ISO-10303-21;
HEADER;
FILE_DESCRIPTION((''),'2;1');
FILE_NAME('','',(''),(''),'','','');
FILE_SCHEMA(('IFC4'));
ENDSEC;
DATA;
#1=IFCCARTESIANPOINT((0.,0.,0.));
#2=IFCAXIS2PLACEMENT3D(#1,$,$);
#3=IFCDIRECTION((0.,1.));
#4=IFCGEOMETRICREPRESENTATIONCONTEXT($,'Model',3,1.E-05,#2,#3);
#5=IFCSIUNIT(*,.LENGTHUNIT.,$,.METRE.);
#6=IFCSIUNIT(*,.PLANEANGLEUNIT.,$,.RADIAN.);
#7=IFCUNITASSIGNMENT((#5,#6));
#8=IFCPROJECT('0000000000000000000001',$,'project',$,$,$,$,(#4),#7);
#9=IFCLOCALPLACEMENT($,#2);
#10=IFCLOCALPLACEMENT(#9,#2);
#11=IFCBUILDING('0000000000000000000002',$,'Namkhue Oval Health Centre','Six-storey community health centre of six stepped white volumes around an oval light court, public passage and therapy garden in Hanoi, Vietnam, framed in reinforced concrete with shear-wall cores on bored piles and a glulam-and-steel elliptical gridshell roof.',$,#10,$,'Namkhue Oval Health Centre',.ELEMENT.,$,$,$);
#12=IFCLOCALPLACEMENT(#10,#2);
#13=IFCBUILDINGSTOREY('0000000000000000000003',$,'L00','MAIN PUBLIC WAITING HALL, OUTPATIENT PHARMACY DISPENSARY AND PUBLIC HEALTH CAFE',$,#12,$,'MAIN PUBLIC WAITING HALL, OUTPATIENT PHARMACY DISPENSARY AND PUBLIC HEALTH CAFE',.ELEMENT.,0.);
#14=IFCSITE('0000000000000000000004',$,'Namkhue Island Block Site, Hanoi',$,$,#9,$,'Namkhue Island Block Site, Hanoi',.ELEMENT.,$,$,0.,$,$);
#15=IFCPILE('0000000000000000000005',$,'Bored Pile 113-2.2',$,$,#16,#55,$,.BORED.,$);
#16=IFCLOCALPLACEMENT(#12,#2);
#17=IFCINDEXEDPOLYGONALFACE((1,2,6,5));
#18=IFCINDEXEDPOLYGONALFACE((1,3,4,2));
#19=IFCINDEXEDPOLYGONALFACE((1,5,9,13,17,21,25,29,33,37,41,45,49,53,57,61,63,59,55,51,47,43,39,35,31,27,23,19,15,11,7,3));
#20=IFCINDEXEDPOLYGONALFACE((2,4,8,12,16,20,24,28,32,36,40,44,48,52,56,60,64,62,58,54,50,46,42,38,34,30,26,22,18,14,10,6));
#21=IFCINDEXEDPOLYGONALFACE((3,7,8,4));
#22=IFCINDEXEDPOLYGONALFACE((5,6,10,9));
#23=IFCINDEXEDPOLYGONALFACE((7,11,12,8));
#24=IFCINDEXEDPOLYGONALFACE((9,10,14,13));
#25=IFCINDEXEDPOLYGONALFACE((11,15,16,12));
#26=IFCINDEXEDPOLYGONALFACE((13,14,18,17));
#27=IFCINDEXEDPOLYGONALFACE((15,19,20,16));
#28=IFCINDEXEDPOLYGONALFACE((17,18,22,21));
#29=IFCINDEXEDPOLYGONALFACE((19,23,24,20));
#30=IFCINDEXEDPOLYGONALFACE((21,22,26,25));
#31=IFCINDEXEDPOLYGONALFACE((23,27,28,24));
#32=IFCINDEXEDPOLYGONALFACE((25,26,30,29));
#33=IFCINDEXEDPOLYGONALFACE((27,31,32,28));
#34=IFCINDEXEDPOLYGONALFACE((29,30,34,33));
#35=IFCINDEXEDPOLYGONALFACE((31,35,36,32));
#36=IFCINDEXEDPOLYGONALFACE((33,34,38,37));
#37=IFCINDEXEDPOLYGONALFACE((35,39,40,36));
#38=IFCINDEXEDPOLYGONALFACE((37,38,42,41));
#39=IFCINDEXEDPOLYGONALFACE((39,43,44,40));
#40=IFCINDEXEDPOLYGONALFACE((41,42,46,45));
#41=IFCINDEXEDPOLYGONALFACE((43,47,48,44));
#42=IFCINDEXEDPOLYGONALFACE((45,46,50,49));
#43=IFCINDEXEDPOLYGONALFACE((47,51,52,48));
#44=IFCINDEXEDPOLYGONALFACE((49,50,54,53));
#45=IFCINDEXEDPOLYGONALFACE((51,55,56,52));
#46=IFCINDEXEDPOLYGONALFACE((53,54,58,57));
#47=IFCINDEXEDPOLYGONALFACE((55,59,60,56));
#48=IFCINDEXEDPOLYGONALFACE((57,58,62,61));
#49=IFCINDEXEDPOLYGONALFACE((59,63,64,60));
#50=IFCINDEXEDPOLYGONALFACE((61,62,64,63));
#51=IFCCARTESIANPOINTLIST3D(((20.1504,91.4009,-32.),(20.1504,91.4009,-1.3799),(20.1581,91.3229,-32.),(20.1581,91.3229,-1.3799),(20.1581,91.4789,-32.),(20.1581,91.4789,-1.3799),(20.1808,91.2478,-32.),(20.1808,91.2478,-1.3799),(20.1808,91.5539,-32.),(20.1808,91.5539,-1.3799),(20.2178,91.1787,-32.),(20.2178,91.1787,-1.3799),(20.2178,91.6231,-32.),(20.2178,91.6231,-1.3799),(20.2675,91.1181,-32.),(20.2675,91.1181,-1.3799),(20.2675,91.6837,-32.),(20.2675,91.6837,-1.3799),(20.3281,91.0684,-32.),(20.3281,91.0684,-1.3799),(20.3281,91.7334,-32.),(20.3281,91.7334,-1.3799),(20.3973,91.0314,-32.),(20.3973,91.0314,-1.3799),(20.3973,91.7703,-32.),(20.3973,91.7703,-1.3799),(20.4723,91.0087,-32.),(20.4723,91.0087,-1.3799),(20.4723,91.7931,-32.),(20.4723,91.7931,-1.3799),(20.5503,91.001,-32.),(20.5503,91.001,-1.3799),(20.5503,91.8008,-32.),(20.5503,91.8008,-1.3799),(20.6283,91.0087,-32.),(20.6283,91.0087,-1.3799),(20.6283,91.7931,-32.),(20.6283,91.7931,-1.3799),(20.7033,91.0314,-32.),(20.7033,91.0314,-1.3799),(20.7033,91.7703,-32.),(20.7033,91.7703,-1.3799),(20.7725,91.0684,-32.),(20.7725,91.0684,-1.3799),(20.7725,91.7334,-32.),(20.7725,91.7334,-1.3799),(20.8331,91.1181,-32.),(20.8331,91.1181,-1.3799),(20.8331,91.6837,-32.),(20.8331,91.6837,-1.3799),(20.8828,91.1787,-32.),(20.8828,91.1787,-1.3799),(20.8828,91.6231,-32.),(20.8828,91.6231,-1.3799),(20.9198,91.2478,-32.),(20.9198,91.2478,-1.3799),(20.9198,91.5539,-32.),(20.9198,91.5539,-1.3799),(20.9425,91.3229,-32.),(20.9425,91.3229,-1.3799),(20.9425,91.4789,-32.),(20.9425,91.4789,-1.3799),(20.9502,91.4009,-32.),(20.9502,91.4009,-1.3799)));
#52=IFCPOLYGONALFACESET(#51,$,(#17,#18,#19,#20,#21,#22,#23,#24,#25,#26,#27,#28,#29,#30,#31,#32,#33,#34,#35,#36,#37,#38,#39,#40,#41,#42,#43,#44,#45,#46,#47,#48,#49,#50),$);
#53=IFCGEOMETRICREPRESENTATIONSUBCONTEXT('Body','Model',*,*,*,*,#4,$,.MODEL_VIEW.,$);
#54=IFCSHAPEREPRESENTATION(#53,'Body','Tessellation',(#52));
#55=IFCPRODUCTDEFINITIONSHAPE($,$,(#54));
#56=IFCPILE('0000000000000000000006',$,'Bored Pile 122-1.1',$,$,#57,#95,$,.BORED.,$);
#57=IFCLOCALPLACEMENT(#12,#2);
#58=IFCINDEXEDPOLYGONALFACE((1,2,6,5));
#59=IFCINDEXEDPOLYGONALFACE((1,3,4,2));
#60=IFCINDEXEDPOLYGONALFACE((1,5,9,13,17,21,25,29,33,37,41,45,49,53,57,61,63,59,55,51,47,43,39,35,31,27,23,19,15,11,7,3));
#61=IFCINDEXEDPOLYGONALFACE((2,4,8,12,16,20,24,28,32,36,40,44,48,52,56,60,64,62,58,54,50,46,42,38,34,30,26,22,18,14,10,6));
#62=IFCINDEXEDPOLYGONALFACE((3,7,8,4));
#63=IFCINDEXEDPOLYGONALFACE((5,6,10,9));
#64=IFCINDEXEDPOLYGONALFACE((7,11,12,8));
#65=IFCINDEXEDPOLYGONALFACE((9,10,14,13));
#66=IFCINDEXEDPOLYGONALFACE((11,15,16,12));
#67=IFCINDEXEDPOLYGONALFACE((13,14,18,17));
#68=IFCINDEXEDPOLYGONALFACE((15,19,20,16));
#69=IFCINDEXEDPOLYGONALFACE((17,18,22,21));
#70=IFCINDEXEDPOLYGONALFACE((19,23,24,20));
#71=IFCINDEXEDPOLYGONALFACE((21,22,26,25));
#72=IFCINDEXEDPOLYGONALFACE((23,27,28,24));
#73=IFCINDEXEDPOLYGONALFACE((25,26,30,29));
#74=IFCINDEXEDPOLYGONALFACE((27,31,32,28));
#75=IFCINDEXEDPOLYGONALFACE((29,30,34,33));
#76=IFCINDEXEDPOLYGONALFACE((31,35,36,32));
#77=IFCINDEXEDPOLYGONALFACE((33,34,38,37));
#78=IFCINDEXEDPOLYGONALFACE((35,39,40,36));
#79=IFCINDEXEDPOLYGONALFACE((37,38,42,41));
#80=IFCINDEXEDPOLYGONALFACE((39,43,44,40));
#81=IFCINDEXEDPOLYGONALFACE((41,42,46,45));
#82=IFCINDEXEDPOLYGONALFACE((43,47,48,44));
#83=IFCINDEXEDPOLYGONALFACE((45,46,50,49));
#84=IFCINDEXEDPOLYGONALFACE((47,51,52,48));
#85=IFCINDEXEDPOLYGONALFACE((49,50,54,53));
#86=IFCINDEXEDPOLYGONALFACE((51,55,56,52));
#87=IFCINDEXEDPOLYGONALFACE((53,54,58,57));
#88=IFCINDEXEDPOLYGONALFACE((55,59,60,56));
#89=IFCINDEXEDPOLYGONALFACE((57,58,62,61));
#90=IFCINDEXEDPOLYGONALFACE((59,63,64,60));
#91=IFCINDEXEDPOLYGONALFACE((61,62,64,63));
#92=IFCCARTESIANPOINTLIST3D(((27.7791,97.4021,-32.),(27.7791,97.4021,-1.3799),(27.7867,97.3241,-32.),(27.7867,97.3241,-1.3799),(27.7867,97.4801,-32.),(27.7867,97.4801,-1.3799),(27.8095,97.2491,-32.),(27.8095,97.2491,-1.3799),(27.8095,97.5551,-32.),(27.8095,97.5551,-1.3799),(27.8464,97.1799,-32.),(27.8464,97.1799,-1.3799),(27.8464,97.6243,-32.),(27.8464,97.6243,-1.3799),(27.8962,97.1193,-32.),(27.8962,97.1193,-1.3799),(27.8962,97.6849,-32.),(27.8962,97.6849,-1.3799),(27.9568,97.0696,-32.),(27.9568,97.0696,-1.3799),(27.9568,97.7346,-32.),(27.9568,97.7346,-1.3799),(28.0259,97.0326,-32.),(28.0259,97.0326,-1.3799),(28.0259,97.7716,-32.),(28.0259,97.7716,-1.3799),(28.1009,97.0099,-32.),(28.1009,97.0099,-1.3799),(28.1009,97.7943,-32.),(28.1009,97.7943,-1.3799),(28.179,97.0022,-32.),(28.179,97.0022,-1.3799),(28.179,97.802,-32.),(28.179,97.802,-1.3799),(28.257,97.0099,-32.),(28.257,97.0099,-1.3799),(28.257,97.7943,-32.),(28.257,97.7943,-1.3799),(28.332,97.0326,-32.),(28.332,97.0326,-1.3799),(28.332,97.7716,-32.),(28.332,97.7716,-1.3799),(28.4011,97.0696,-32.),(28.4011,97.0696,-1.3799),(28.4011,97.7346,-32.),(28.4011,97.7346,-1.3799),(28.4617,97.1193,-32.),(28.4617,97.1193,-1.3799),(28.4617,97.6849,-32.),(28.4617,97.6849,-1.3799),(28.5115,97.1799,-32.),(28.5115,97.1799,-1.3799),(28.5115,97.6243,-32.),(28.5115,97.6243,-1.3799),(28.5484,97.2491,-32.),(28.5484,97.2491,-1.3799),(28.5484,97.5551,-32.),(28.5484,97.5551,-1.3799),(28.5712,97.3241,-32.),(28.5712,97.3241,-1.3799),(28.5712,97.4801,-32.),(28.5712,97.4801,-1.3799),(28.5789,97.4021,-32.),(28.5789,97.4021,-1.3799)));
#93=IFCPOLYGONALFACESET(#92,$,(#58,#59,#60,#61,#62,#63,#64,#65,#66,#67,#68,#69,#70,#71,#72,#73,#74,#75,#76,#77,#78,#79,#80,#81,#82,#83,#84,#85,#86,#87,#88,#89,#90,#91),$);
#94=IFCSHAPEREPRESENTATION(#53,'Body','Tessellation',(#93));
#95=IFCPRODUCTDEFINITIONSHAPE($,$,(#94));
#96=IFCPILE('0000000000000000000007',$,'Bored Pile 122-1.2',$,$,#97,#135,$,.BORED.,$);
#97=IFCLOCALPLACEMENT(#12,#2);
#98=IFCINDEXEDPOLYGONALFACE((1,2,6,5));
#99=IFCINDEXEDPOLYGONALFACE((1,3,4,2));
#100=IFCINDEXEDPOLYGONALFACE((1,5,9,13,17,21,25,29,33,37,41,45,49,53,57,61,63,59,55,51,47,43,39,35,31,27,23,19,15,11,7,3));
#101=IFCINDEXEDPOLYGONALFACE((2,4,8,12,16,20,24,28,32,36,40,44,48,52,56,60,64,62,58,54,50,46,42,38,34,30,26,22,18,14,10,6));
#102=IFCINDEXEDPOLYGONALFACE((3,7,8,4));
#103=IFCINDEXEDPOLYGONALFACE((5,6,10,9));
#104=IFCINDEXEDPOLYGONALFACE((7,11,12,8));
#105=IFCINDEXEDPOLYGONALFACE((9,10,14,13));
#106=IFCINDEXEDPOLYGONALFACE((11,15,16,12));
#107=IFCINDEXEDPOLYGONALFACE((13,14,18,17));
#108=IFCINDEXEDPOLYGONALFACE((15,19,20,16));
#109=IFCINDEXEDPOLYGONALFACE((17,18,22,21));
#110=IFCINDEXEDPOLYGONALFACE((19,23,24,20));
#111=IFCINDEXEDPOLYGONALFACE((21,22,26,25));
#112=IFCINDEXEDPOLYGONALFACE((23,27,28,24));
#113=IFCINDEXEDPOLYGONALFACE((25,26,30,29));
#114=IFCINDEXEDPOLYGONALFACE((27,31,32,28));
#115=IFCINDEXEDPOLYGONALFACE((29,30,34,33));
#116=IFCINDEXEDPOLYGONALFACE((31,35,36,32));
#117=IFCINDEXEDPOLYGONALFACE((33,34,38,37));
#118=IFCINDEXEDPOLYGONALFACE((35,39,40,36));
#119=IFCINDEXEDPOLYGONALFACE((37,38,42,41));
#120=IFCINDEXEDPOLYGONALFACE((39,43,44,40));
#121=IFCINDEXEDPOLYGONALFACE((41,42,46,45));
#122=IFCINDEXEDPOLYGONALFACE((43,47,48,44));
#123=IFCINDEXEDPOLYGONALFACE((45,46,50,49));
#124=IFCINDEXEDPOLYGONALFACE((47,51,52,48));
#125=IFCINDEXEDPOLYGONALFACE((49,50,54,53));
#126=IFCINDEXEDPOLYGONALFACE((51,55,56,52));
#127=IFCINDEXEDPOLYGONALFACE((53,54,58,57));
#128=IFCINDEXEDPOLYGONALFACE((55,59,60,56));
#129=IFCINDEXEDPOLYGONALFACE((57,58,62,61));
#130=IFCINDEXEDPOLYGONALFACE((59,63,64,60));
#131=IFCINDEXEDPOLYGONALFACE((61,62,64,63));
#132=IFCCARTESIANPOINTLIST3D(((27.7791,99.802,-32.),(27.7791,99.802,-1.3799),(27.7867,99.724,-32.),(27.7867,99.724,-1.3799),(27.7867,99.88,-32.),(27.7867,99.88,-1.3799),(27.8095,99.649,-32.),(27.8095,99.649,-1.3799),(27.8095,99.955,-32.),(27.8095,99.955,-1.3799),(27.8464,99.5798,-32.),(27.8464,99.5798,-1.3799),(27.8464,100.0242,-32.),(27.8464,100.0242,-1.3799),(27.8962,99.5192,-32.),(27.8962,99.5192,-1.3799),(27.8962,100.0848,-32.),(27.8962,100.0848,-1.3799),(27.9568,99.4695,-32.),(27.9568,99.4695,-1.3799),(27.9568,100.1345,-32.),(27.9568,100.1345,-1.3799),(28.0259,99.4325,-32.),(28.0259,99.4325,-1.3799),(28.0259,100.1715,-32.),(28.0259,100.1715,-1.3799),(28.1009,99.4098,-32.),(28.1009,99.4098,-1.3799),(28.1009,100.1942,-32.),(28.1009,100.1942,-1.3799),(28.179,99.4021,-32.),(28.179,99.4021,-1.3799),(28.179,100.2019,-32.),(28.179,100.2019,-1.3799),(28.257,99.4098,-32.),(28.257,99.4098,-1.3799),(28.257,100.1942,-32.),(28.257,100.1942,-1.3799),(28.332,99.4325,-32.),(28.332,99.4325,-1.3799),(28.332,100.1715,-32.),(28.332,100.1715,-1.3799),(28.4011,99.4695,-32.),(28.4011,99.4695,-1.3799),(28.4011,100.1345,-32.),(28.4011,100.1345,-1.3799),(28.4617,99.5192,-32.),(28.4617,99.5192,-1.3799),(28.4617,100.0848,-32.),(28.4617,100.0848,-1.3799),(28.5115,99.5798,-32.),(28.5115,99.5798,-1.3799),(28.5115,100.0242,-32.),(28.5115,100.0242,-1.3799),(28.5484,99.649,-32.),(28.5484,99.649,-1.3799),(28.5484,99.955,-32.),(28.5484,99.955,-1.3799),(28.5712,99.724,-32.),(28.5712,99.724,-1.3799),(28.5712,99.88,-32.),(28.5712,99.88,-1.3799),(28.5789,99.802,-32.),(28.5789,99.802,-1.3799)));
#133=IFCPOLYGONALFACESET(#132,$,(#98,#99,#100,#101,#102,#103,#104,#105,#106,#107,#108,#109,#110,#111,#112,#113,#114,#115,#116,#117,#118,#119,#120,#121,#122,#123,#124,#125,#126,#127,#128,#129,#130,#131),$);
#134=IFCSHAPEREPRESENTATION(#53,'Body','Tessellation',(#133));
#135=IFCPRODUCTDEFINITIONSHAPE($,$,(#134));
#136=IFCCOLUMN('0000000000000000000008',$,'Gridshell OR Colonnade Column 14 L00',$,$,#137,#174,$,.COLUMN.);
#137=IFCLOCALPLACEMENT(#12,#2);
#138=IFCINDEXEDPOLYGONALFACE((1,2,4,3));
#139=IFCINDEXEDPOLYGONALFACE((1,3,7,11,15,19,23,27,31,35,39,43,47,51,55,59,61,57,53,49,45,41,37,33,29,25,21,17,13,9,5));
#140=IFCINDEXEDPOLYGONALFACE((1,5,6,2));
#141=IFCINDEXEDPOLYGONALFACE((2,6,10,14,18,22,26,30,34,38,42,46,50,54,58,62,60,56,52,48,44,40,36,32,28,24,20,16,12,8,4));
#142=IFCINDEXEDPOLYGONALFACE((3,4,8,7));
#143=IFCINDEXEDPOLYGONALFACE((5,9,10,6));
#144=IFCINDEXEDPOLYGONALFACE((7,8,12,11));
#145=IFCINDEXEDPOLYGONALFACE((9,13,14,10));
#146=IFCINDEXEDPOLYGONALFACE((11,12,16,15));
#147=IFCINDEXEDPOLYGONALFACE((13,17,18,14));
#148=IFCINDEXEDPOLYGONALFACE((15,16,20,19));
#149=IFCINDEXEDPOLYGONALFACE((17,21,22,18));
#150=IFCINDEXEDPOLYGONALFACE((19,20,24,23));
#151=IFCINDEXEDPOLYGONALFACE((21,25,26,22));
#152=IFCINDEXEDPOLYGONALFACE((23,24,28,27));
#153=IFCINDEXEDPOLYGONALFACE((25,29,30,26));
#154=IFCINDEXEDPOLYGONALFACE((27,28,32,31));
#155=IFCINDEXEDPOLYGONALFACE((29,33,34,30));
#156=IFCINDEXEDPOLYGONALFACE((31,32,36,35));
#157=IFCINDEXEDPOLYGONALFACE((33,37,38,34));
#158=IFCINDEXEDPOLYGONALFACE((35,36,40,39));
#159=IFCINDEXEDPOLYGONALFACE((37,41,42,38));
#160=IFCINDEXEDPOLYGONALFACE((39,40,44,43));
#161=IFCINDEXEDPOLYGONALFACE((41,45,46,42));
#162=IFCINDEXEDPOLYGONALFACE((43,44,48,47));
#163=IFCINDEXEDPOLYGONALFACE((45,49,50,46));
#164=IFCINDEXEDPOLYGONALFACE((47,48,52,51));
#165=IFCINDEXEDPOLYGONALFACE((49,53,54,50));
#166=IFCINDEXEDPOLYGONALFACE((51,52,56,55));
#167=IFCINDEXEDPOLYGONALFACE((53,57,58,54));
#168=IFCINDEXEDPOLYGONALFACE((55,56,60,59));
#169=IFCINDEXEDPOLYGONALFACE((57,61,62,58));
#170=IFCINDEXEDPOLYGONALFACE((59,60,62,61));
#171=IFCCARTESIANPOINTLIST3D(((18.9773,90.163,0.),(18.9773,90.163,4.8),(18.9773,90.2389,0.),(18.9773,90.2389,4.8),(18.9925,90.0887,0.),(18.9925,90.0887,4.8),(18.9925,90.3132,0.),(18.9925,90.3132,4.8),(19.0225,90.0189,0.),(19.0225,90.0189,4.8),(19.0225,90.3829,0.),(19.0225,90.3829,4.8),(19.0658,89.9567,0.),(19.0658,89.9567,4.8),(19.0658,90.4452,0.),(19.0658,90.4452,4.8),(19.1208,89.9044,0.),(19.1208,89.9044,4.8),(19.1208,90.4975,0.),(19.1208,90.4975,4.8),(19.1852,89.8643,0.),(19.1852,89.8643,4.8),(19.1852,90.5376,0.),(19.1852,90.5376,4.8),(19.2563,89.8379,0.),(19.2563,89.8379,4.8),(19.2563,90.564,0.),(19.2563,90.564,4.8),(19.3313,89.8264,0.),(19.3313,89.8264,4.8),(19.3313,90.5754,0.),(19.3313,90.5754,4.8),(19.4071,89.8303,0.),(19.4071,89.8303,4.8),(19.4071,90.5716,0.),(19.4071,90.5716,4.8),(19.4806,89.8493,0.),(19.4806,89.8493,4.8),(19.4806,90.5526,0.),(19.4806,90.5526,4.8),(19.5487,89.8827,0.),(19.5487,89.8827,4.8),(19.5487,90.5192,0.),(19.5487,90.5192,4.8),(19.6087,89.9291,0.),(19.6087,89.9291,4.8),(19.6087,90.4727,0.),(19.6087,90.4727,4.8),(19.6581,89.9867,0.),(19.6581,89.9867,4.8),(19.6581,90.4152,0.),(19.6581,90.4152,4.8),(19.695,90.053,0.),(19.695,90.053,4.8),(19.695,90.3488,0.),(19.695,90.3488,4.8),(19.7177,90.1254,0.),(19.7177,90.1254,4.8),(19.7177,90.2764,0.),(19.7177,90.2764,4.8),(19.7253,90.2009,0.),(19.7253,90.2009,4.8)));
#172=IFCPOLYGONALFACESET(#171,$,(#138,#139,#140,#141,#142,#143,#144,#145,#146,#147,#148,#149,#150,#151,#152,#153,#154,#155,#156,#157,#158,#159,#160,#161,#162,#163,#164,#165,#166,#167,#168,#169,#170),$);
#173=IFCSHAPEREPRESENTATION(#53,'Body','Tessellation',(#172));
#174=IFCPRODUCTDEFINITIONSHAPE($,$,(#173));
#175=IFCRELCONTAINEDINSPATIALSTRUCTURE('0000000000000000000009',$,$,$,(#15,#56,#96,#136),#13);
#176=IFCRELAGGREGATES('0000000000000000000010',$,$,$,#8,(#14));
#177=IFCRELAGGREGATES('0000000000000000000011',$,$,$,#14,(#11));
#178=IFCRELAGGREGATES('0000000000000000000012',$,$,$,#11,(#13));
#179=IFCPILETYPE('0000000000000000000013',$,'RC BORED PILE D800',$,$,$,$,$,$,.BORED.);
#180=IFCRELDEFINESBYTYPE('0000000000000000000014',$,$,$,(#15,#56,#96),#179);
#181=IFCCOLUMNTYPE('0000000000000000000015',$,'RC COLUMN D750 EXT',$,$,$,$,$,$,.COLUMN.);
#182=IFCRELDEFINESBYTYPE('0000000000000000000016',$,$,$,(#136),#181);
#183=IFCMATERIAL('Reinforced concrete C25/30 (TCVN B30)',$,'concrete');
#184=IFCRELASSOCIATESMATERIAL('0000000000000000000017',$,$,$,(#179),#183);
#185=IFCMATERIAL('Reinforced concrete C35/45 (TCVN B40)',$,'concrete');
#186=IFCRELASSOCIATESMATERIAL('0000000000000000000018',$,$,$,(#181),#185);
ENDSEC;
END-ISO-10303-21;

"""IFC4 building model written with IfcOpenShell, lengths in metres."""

from ifc_helpers import new_model, si_unit, direction, frame, origin, origin_2d, place, context, subcontext, project, spatial, circle, extrude, material, material_profile, profile_set, type_object, element, save


model = new_model("IFC4")

# Units and contexts
model_context = context("Model", 3, precision=1e-05, world=origin(), true_north=direction((0.0, 1.0)))
body_context = subcontext(model_context, "Body", "Model", "MODEL_VIEW")
ifc_project = project(units=[si_unit("LENGTHUNIT", "METRE"), si_unit("PLANEANGLEUNIT", "RADIAN")], contexts=[model_context])

# Site, building, storey
site_placement = place(None, origin())
site = spatial("IfcSite", under=ifc_project, at=site_placement, Name="Namkhue Island Block Site, Hanoi", LongName="Namkhue Island Block Site, Hanoi", CompositionType="ELEMENT", RefElevation=0.0)
building_placement = place(site_placement, origin())
building = spatial("IfcBuilding", under=site, at=building_placement, Name="Namkhue Oval Health Centre", Description="Six-storey community health centre of six stepped white volumes around an oval light court, public passage and therapy garden in Hanoi, Vietnam, framed in reinforced concrete with shear-wall cores on bored piles and a glulam-and-steel elliptical gridshell roof.", LongName="Namkhue Oval Health Centre", CompositionType="ELEMENT")
storey_placement = place(building_placement, origin())
storey = spatial("IfcBuildingStorey", under=building, at=storey_placement, Name="L00", Description="MAIN PUBLIC WAITING HALL, OUTPATIENT PHARMACY DISPENSARY AND PUBLIC HEALTH CAFE", LongName="MAIN PUBLIC WAITING HALL, OUTPATIENT PHARMACY DISPENSARY AND PUBLIC HEALTH CAFE", CompositionType="ELEMENT", Elevation=0.0)

# Piles
ifc_material_1 = material(Name="Reinforced concrete C25/30 (TCVN B30)", Category="concrete")
ifc_material_profile_1 = material_profile(ifc_material_1, circle(Radius=0.3999, at=origin_2d()), Name="BORED PILE D800")
ifc_profile_set_1 = profile_set([ifc_material_profile_1], Name="Reinforced concrete C25/30 (TCVN B30)")
pile_type_1 = type_object("IfcPileType", Name="RC BORED PILE D800", PredefinedType="BORED", material=ifc_profile_set_1)
for number, where, z_axis, x_axis, name in (
    (1, (20.5503, 91.4009, -1.3799), (0.0, 0.0, -1.0), (1.0, 0.0, 0.0), "Bored Pile 113-2.2"),
    (2, (28.179, 97.4021, -1.3799), (0.0, 0.0, -1.0), (1.0, 0.0, 0.0), "Bored Pile 122-1.1"),
    (3, (28.179, 99.802, -1.3799), (0.0, 0.0, -1.0), (1.0, 0.0, 0.0), "Bored Pile 122-1.2"),
):
    element("IfcPile", number, at=place(storey_placement, frame(where, z_axis=z_axis, x_axis=x_axis)), inside=storey, type_object=pile_type_1, Name=name, PredefinedType="BORED", context=body_context, shape_type="SweptSolid", body=[
        extrude(circle(Radius=0.3999, at=origin_2d()), origin(), (0.0, 0.0, 1.0), 30.6201),
    ])

# Column
ifc_material_2 = material(Name="Reinforced concrete C35/45 (TCVN B40)", Category="concrete")
ifc_material_profile_2 = material_profile(ifc_material_2, circle(Radius=0.375, at=origin_2d()), Name="RC D750")
ifc_profile_set_2 = profile_set([ifc_material_profile_2], Name="Reinforced concrete C35/45 (TCVN B40)")
column_type = type_object("IfcColumnType", Name="RC COLUMN D750 EXT", PredefinedType="COLUMN", material=ifc_profile_set_2)
for number, where, z_axis, x_axis, name in (
    (4, (19.3503, 90.2009, 0.0), (0.0, 0.0, 1.0), (1.0, 0.0, 0.0), "Gridshell OR Colonnade Column 14 L00"),
):
    element("IfcColumn", number, at=place(storey_placement, frame(where, z_axis=z_axis, x_axis=x_axis)), inside=storey, type_object=column_type, Name=name, PredefinedType="COLUMN", context=body_context, shape_type="SweptSolid", body=[
        extrude(circle(Radius=0.375, at=origin_2d()), origin(), (0.0, 0.0, 1.0), 4.8),
    ])

save(model, "model.ifc")
